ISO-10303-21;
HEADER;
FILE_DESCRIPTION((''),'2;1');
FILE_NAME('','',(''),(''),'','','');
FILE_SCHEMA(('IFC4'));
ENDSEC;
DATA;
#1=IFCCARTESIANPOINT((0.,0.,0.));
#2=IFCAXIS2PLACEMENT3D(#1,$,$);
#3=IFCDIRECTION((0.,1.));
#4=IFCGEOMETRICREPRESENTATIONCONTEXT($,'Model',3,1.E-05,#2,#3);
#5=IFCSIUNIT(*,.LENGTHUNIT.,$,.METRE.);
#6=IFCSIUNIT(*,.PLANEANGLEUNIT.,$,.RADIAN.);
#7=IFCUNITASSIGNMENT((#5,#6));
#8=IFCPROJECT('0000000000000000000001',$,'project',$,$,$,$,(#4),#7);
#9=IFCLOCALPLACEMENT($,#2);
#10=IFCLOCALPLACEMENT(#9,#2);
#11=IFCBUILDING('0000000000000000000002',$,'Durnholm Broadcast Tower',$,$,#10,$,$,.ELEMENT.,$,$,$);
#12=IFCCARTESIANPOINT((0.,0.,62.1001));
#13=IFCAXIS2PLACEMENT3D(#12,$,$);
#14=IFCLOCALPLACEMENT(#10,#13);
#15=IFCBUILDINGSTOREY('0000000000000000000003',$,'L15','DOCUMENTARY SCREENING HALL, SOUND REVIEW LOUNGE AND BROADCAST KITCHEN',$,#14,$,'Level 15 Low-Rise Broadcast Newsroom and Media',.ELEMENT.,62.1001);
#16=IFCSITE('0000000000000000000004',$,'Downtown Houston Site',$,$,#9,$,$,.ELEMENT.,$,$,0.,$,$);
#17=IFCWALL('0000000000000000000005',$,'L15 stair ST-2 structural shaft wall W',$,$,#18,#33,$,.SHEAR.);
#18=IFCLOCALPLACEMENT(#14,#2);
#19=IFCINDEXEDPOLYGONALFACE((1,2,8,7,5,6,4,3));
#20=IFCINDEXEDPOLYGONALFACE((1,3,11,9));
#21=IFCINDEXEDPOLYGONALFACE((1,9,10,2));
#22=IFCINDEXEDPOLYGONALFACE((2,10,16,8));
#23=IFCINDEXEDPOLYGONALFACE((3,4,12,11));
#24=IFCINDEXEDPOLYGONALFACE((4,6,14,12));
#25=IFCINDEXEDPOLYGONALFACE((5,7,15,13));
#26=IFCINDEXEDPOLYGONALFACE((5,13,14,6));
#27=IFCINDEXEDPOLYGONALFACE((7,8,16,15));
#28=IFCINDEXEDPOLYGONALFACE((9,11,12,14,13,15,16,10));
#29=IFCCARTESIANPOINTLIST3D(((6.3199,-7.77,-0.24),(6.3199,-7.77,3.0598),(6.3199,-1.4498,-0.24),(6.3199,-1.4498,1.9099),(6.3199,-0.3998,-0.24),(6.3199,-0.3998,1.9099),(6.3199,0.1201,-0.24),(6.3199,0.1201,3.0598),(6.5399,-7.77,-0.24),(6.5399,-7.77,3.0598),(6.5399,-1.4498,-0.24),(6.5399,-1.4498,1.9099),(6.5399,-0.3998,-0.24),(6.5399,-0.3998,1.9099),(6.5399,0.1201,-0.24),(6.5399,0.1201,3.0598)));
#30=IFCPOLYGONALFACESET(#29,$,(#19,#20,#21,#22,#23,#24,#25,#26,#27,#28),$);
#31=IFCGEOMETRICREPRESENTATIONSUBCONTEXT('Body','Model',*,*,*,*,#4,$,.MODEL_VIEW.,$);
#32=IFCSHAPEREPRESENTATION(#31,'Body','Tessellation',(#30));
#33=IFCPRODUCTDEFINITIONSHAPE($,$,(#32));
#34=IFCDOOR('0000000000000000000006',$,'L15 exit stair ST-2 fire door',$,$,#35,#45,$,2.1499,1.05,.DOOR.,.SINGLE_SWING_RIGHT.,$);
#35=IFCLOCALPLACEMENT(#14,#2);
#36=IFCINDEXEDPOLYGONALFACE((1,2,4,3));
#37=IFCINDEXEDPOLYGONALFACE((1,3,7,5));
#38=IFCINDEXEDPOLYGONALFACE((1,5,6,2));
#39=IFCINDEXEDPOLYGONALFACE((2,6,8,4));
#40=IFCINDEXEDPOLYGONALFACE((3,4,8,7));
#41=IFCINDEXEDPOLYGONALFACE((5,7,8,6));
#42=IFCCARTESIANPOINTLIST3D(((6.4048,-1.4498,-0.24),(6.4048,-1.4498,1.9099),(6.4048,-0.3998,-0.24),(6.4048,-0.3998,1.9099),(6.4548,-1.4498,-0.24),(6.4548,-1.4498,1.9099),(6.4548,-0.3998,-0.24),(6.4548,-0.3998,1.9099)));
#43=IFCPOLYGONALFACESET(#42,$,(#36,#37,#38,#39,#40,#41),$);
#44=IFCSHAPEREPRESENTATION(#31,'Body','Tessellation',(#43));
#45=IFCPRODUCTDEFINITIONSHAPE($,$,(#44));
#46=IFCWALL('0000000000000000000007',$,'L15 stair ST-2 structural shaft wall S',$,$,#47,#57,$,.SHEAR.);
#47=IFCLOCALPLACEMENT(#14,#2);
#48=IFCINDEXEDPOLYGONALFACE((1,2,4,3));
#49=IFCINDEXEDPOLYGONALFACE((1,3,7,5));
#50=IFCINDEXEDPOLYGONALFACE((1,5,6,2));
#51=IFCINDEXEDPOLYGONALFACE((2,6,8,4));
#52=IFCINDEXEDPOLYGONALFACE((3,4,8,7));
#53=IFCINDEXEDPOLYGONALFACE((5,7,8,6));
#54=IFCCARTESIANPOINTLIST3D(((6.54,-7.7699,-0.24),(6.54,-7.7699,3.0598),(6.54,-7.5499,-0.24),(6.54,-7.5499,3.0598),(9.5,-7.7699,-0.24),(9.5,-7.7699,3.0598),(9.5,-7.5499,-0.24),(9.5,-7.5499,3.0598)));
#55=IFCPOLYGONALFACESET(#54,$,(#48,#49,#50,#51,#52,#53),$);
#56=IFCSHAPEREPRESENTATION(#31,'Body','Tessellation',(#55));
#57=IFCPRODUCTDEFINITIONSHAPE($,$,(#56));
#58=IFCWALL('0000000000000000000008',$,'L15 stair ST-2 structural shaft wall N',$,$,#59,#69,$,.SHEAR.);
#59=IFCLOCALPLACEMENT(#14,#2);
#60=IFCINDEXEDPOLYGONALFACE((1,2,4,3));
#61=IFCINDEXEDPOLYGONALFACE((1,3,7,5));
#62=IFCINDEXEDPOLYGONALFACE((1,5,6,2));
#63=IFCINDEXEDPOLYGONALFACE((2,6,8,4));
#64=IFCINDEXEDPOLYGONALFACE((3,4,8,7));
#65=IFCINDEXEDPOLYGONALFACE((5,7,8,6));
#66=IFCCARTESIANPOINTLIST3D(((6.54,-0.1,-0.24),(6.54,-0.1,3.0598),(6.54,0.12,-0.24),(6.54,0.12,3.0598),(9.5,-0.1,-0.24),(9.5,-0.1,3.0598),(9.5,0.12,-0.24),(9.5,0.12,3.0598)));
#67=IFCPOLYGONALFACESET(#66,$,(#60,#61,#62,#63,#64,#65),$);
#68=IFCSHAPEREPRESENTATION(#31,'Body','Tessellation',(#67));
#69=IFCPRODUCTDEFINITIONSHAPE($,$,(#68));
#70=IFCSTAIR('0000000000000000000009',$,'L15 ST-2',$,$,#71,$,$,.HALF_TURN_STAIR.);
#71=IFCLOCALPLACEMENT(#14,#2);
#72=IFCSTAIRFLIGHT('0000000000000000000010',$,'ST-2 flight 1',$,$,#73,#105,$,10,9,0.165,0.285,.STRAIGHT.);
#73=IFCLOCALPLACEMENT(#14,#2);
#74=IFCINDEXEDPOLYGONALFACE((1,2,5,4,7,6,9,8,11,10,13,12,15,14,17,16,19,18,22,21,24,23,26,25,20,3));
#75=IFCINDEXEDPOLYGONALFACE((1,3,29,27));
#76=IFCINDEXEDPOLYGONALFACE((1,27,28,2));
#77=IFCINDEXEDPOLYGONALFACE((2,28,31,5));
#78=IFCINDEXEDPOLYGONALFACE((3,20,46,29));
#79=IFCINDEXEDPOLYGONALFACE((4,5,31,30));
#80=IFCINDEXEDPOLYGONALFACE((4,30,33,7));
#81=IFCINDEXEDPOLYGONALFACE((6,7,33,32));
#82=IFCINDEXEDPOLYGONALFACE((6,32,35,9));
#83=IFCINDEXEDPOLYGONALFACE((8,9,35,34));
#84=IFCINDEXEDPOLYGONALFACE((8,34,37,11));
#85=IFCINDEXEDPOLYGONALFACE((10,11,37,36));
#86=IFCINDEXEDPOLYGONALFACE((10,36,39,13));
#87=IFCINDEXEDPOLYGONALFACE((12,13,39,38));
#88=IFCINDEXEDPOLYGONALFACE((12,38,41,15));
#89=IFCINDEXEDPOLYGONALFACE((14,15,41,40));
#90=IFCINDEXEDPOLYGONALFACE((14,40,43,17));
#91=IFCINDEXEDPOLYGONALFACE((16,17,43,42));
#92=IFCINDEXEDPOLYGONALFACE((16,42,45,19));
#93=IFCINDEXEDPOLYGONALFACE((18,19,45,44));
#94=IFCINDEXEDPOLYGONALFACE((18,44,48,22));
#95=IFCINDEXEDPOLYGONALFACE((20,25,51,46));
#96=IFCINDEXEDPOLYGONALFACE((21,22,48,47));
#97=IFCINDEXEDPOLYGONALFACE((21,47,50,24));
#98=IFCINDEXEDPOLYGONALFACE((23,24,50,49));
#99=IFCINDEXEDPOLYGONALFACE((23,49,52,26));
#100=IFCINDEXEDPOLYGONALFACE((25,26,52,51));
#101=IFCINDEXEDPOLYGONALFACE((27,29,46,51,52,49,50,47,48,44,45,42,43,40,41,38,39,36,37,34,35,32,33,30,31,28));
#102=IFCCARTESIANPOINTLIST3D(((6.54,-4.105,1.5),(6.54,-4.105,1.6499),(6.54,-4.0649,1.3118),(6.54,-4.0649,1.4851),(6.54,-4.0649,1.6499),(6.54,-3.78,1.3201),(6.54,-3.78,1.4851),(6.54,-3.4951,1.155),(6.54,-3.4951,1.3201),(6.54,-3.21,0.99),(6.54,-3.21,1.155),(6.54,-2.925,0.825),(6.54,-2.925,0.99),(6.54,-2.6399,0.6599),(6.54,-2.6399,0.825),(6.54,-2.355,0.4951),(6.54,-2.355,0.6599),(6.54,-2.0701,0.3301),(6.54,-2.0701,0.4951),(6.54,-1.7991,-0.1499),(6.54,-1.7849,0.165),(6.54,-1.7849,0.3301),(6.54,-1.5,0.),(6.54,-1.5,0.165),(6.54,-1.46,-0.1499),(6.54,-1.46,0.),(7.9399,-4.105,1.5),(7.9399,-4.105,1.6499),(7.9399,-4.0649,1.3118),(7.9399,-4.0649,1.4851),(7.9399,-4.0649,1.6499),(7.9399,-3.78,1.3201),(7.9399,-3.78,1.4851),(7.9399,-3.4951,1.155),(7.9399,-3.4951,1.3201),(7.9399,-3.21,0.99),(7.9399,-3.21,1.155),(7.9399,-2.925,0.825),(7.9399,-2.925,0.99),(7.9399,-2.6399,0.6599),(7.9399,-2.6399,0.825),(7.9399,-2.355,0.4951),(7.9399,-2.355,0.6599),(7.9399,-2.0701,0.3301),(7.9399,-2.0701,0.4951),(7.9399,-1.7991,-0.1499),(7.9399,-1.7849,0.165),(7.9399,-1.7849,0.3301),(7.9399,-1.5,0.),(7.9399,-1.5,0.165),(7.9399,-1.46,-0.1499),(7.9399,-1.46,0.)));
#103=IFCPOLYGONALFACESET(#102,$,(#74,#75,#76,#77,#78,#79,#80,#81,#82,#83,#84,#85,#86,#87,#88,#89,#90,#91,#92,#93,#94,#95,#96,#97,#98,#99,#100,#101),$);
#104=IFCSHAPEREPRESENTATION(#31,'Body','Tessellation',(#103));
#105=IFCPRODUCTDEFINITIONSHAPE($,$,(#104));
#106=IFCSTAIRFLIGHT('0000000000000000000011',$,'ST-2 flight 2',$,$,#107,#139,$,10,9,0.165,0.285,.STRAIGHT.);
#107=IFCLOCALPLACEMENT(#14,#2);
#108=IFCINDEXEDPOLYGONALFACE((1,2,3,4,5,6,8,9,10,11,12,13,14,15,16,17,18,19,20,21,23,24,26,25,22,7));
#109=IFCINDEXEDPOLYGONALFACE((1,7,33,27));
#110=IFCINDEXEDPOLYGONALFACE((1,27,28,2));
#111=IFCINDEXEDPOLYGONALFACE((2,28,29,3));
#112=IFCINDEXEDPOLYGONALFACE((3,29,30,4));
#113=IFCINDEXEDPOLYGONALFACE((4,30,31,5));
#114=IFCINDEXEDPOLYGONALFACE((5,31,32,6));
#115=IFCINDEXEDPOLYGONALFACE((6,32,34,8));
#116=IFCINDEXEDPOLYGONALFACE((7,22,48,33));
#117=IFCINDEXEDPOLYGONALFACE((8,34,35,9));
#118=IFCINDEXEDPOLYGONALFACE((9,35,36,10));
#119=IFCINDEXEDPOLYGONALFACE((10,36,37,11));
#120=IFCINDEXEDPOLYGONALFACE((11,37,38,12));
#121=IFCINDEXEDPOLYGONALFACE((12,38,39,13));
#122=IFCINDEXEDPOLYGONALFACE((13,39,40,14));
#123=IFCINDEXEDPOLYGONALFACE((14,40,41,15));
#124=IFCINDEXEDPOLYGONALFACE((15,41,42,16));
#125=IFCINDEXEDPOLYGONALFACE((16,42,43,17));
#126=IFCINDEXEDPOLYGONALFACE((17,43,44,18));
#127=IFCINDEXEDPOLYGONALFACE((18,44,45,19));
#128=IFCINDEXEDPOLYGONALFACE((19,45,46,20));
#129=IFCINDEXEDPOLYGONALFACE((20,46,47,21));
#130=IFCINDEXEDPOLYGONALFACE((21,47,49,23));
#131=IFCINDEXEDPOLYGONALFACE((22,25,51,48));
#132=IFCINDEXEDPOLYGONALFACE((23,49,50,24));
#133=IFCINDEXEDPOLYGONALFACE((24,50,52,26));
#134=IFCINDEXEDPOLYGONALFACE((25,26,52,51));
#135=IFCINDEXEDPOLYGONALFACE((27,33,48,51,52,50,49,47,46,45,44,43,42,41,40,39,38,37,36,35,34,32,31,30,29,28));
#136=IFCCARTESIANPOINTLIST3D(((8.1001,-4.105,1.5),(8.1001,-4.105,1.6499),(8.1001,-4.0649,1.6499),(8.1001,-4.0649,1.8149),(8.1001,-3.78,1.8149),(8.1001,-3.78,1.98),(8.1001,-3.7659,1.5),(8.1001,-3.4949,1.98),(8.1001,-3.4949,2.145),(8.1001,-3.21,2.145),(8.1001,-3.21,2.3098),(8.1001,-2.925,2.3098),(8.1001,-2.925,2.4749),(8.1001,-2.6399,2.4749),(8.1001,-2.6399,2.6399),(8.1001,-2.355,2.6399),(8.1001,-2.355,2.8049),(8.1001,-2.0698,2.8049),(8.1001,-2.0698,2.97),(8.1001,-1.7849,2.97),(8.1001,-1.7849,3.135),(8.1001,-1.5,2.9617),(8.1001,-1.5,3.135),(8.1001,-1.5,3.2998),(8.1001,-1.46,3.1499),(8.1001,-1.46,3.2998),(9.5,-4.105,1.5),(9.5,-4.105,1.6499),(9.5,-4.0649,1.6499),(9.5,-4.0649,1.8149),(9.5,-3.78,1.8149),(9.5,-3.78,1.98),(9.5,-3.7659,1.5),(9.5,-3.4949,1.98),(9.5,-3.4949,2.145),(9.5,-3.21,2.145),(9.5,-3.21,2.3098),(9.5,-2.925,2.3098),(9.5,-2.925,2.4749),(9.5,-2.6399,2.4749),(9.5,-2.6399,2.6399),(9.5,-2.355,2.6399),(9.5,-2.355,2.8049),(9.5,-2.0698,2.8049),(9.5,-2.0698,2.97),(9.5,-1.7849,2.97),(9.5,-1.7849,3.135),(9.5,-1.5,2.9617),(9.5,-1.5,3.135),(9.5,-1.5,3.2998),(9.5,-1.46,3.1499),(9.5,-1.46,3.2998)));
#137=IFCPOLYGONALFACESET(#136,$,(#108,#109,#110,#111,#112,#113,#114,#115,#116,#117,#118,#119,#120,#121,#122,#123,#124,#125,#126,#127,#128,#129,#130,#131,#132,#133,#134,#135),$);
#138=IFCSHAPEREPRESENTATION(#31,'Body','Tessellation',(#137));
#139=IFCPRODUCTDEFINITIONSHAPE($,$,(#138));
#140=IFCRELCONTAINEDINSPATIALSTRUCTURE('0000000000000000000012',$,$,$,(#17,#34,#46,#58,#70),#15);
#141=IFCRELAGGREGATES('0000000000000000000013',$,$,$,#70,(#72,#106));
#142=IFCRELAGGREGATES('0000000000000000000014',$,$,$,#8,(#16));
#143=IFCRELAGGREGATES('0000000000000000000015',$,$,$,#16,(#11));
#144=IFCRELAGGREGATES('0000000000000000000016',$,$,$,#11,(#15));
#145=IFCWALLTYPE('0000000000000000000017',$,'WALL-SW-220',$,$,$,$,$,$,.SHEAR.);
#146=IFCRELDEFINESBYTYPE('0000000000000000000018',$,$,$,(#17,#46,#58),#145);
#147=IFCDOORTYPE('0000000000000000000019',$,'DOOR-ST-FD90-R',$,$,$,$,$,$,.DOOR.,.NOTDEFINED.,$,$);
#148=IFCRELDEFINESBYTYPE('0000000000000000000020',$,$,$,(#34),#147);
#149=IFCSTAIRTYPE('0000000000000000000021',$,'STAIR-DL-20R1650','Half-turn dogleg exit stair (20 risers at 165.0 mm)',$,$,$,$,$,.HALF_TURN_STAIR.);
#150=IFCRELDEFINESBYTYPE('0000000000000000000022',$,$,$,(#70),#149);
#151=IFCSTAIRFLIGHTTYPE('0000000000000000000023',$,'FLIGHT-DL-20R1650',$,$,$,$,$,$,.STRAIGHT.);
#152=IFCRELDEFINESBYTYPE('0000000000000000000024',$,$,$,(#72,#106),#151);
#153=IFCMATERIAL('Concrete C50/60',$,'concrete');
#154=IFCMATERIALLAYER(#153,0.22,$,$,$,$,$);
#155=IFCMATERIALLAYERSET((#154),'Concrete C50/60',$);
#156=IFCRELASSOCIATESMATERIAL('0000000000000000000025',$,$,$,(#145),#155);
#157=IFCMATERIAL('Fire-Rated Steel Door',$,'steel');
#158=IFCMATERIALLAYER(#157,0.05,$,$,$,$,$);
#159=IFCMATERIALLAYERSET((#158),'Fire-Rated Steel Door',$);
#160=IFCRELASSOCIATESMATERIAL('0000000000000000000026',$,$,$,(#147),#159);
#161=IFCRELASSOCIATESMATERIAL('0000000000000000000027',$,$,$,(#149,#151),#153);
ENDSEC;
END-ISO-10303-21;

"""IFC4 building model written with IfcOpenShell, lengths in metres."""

from ifc_helpers import new_model, si_unit, direction, frame, frame_2d, origin, place, context, subcontext, project, spatial, polyline, rectangle, outline, extrude, source, transform, mapped, material, layer, layer_set, type_object, type_shapes, element, fill, aggregate, save


model = new_model("IFC4")

# Units and contexts
model_context = context("Model", 3, precision=1e-05, world=origin(), true_north=direction((0.0, 1.0)))
body_context = subcontext(model_context, "Body", "Model", "MODEL_VIEW")
ifc_project = project(units=[si_unit("LENGTHUNIT", "METRE"), si_unit("PLANEANGLEUNIT", "RADIAN")], contexts=[model_context])

# Site, building, storey
site_placement = place(None, origin())
site = spatial("IfcSite", under=ifc_project, at=site_placement, Name="Downtown Houston Site", CompositionType="ELEMENT", RefElevation=0.0)
building_placement = place(site_placement, origin())
building = spatial("IfcBuilding", under=site, at=building_placement, Name="Durnholm Broadcast Tower", CompositionType="ELEMENT")
storey_placement = place(building_placement, frame((0.0, 0.0, 62.1001)))
storey = spatial("IfcBuildingStorey", under=building, at=storey_placement, Name="L15", Description="DOCUMENTARY SCREENING HALL, SOUND REVIEW LOUNGE AND BROADCAST KITCHEN", LongName="Level 15 Low-Rise Broadcast Newsroom and Media", CompositionType="ELEMENT", Elevation=62.1001)

# Shared definitions
ifc_material_1 = material(Name="Concrete C50/60", Category="concrete")
ifc_layer_1 = layer(ifc_material_1, 0.22)
ifc_layer_set_1 = layer_set([ifc_layer_1], Name="Concrete C50/60")
wall_type_1 = type_object("IfcWallType", Name="WALL-SW-220", PredefinedType="SHEAR", material=ifc_layer_set_1)

# Wall, opening, door
wall_1_placement = place(storey_placement, frame((6.4299, 0.1201, -0.24), z_axis=(0.0, 0.0, 1.0), x_axis=(0.0, -1.0, 0.0)))
wall_1 = element("IfcWall", 1, at=wall_1_placement, inside=storey, type_object=wall_type_1, Name="L15 stair ST-2 structural shaft wall W", PredefinedType="SHEAR", context=body_context, shape_type="SweptSolid", body=[
    extrude(rectangle(XDim=7.8901, YDim=0.22, at=frame_2d((3.9451, 0.0))), origin(), (0.0, 0.0, 1.0), 3.2998),
])
opening_1_placement = place(wall_1_placement, frame((0.52, 0.0, 0.0)))
opening_1 = element("IfcOpeningElement", 2, at=opening_1_placement, cuts=wall_1, PredefinedType="OPENING", context=body_context, shape_type="SweptSolid", body=[
    extrude(rectangle(XDim=1.05, YDim=2.1499, at=frame_2d((0.5249, 1.075))), frame((0.0, 0.1201, 0.0), z_axis=(0.0, -1.0, 0.0), x_axis=(1.0, 0.0, 0.0)), (0.0, 0.0, 1.0), 0.24),
])
ifc_material_2 = material(Name="Fire-Rated Steel Door", Category="steel")
ifc_layer_2 = layer(ifc_material_2, 0.05)
ifc_layer_set_2 = layer_set([ifc_layer_2], Name="Fire-Rated Steel Door")
door_type_1 = type_object("IfcDoorType", Name="DOOR-ST-FD90-R", OperationType="NOTDEFINED", PredefinedType="DOOR", material=ifc_layer_set_2)
shared_shape_1 = source(origin(), body_context, "Body", "SweptSolid", [
    extrude(rectangle(XDim=1.05, YDim=2.1499, at=frame_2d((0.5249, 1.075))), frame((0.0, 0.0249, 0.0), z_axis=(0.0, -1.0, 0.0), x_axis=(1.0, 0.0, 0.0)), (0.0, 0.0, 1.0), 0.05),
])
type_shapes(door_type_1, [shared_shape_1])
door_1_placement = place(opening_1_placement, origin())
door_1 = element("IfcDoor", 3, at=door_1_placement, inside=storey, type_object=door_type_1, Name="L15 exit stair ST-2 fire door", OperationType="SINGLE_SWING_RIGHT", OverallHeight=2.1499, OverallWidth=1.05, PredefinedType="DOOR", context=body_context, shape_type="MappedRepresentation", body=[
    mapped(shared_shape_1, transform((0.0, 0.0, 0.0), x_axis=(1.0, 0.0, 0.0), y_axis=(0.0, 1.0, 0.0), z_axis=(0.0, 0.0, 1.0), scale=1.0)),
])
fill(opening_1, door_1)

# Walls
for number, where, z_axis, x_axis, name in (
    (4, (6.54, -7.6599, -0.24), (0.0, 0.0, 1.0), (1.0, 0.0, 0.0), "L15 stair ST-2 structural shaft wall S"),
    (5, (9.5, 0.01, -0.24), (0.0, 0.0, 1.0), (-1.0, 0.0, 0.0), "L15 stair ST-2 structural shaft wall N"),
):
    element("IfcWall", number, at=place(storey_placement, frame(where, z_axis=z_axis, x_axis=x_axis)), inside=storey, type_object=wall_type_1, Name=name, PredefinedType="SHEAR", context=body_context, shape_type="SweptSolid", body=[
        extrude(rectangle(XDim=2.96, YDim=0.22, at=frame_2d((1.48, 0.0))), origin(), (0.0, 0.0, 1.0), 3.2998),
    ])

# Stair, stair flights
stair_type = type_object("IfcStairType", Name="STAIR-DL-20R1650", Description="Half-turn dogleg exit stair (20 risers at 165.0 mm)", PredefinedType="HALF_TURN_STAIR", material=ifc_material_1)
stair_placement = place(storey_placement, origin())
stair = element("IfcStair", 6, at=stair_placement, inside=storey, type_object=stair_type, Name="L15 ST-2", PredefinedType="HALF_TURN_STAIR")
stair_flight_type = type_object("IfcStairFlightType", Name="FLIGHT-DL-20R1650", PredefinedType="STRAIGHT", material=ifc_material_1)
stair_flight_1_placement = place(storey_placement, frame((7.24, -1.5, 0.0), z_axis=(0.0, 0.0, 1.0), x_axis=(0.0, -1.0, 0.0)))
stair_flight_1 = element("IfcStairFlight", 7, at=stair_flight_1_placement, type_object=stair_flight_type, Name="ST-2 flight 1", NumberOfRisers=10, NumberOfTreads=9, PredefinedType="STRAIGHT", RiserHeight=0.165, TreadLength=0.285, context=body_context, shape_type="SweptSolid", body=[
    extrude(outline(polyline([(-0.04, -0.1499), (-0.04, 0.0), (0.0, 0.0), (0.0, 0.165), (0.2849, 0.165), (0.2849, 0.3301), (0.5701, 0.3301), (0.5701, 0.4951), (0.855, 0.4951), (0.855, 0.6599), (1.1399, 0.6599), (1.1399, 0.825), (1.425, 0.825), (1.425, 0.99), (1.71, 0.99), (1.71, 1.155), (1.9951, 1.155), (1.9951, 1.3201), (2.28, 1.3201), (2.28, 1.4851), (2.5649, 1.4851), (2.5649, 1.6499), (2.605, 1.6499), (2.605, 1.5), (2.5649, 1.3118), (0.2991, -0.1499), (-0.04, -0.1499)])), frame((0.0, 0.7, 0.0), z_axis=(0.0, -1.0, 0.0), x_axis=(1.0, 0.0, 0.0)), (0.0, 0.0, 1.0), 1.3999),
])
stair_flight_2_placement = place(storey_placement, frame((8.8, -4.0649, 1.6499), z_axis=(0.0, 0.0, 1.0), x_axis=(0.0, 1.0, 0.0)))
stair_flight_2 = element("IfcStairFlight", 8, at=stair_flight_2_placement, type_object=stair_flight_type, Name="ST-2 flight 2", NumberOfRisers=10, NumberOfTreads=9, PredefinedType="STRAIGHT", RiserHeight=0.165, TreadLength=0.285, context=body_context, shape_type="SweptSolid", body=[
    extrude(outline(polyline([(-0.04, -0.1499), (-0.04, 0.0), (0.0, 0.0), (0.0, 0.165), (0.2849, 0.165), (0.2849, 0.3301), (0.5701, 0.3301), (0.5701, 0.4951), (0.855, 0.4951), (0.855, 0.6599), (1.1399, 0.6599), (1.1399, 0.825), (1.425, 0.825), (1.425, 0.99), (1.71, 0.99), (1.71, 1.155), (1.9951, 1.155), (1.9951, 1.3201), (2.28, 1.3201), (2.28, 1.4851), (2.5649, 1.4851), (2.5649, 1.6499), (2.605, 1.6499), (2.605, 1.5), (2.5649, 1.3118), (0.2991, -0.1499), (-0.04, -0.1499)])), frame((0.0, 0.7, 0.0), z_axis=(0.0, -1.0, 0.0), x_axis=(1.0, 0.0, 0.0)), (0.0, 0.0, 1.0), 1.3999),
])
aggregate(stair, [stair_flight_1, stair_flight_2])

save(model, "model.ifc")
